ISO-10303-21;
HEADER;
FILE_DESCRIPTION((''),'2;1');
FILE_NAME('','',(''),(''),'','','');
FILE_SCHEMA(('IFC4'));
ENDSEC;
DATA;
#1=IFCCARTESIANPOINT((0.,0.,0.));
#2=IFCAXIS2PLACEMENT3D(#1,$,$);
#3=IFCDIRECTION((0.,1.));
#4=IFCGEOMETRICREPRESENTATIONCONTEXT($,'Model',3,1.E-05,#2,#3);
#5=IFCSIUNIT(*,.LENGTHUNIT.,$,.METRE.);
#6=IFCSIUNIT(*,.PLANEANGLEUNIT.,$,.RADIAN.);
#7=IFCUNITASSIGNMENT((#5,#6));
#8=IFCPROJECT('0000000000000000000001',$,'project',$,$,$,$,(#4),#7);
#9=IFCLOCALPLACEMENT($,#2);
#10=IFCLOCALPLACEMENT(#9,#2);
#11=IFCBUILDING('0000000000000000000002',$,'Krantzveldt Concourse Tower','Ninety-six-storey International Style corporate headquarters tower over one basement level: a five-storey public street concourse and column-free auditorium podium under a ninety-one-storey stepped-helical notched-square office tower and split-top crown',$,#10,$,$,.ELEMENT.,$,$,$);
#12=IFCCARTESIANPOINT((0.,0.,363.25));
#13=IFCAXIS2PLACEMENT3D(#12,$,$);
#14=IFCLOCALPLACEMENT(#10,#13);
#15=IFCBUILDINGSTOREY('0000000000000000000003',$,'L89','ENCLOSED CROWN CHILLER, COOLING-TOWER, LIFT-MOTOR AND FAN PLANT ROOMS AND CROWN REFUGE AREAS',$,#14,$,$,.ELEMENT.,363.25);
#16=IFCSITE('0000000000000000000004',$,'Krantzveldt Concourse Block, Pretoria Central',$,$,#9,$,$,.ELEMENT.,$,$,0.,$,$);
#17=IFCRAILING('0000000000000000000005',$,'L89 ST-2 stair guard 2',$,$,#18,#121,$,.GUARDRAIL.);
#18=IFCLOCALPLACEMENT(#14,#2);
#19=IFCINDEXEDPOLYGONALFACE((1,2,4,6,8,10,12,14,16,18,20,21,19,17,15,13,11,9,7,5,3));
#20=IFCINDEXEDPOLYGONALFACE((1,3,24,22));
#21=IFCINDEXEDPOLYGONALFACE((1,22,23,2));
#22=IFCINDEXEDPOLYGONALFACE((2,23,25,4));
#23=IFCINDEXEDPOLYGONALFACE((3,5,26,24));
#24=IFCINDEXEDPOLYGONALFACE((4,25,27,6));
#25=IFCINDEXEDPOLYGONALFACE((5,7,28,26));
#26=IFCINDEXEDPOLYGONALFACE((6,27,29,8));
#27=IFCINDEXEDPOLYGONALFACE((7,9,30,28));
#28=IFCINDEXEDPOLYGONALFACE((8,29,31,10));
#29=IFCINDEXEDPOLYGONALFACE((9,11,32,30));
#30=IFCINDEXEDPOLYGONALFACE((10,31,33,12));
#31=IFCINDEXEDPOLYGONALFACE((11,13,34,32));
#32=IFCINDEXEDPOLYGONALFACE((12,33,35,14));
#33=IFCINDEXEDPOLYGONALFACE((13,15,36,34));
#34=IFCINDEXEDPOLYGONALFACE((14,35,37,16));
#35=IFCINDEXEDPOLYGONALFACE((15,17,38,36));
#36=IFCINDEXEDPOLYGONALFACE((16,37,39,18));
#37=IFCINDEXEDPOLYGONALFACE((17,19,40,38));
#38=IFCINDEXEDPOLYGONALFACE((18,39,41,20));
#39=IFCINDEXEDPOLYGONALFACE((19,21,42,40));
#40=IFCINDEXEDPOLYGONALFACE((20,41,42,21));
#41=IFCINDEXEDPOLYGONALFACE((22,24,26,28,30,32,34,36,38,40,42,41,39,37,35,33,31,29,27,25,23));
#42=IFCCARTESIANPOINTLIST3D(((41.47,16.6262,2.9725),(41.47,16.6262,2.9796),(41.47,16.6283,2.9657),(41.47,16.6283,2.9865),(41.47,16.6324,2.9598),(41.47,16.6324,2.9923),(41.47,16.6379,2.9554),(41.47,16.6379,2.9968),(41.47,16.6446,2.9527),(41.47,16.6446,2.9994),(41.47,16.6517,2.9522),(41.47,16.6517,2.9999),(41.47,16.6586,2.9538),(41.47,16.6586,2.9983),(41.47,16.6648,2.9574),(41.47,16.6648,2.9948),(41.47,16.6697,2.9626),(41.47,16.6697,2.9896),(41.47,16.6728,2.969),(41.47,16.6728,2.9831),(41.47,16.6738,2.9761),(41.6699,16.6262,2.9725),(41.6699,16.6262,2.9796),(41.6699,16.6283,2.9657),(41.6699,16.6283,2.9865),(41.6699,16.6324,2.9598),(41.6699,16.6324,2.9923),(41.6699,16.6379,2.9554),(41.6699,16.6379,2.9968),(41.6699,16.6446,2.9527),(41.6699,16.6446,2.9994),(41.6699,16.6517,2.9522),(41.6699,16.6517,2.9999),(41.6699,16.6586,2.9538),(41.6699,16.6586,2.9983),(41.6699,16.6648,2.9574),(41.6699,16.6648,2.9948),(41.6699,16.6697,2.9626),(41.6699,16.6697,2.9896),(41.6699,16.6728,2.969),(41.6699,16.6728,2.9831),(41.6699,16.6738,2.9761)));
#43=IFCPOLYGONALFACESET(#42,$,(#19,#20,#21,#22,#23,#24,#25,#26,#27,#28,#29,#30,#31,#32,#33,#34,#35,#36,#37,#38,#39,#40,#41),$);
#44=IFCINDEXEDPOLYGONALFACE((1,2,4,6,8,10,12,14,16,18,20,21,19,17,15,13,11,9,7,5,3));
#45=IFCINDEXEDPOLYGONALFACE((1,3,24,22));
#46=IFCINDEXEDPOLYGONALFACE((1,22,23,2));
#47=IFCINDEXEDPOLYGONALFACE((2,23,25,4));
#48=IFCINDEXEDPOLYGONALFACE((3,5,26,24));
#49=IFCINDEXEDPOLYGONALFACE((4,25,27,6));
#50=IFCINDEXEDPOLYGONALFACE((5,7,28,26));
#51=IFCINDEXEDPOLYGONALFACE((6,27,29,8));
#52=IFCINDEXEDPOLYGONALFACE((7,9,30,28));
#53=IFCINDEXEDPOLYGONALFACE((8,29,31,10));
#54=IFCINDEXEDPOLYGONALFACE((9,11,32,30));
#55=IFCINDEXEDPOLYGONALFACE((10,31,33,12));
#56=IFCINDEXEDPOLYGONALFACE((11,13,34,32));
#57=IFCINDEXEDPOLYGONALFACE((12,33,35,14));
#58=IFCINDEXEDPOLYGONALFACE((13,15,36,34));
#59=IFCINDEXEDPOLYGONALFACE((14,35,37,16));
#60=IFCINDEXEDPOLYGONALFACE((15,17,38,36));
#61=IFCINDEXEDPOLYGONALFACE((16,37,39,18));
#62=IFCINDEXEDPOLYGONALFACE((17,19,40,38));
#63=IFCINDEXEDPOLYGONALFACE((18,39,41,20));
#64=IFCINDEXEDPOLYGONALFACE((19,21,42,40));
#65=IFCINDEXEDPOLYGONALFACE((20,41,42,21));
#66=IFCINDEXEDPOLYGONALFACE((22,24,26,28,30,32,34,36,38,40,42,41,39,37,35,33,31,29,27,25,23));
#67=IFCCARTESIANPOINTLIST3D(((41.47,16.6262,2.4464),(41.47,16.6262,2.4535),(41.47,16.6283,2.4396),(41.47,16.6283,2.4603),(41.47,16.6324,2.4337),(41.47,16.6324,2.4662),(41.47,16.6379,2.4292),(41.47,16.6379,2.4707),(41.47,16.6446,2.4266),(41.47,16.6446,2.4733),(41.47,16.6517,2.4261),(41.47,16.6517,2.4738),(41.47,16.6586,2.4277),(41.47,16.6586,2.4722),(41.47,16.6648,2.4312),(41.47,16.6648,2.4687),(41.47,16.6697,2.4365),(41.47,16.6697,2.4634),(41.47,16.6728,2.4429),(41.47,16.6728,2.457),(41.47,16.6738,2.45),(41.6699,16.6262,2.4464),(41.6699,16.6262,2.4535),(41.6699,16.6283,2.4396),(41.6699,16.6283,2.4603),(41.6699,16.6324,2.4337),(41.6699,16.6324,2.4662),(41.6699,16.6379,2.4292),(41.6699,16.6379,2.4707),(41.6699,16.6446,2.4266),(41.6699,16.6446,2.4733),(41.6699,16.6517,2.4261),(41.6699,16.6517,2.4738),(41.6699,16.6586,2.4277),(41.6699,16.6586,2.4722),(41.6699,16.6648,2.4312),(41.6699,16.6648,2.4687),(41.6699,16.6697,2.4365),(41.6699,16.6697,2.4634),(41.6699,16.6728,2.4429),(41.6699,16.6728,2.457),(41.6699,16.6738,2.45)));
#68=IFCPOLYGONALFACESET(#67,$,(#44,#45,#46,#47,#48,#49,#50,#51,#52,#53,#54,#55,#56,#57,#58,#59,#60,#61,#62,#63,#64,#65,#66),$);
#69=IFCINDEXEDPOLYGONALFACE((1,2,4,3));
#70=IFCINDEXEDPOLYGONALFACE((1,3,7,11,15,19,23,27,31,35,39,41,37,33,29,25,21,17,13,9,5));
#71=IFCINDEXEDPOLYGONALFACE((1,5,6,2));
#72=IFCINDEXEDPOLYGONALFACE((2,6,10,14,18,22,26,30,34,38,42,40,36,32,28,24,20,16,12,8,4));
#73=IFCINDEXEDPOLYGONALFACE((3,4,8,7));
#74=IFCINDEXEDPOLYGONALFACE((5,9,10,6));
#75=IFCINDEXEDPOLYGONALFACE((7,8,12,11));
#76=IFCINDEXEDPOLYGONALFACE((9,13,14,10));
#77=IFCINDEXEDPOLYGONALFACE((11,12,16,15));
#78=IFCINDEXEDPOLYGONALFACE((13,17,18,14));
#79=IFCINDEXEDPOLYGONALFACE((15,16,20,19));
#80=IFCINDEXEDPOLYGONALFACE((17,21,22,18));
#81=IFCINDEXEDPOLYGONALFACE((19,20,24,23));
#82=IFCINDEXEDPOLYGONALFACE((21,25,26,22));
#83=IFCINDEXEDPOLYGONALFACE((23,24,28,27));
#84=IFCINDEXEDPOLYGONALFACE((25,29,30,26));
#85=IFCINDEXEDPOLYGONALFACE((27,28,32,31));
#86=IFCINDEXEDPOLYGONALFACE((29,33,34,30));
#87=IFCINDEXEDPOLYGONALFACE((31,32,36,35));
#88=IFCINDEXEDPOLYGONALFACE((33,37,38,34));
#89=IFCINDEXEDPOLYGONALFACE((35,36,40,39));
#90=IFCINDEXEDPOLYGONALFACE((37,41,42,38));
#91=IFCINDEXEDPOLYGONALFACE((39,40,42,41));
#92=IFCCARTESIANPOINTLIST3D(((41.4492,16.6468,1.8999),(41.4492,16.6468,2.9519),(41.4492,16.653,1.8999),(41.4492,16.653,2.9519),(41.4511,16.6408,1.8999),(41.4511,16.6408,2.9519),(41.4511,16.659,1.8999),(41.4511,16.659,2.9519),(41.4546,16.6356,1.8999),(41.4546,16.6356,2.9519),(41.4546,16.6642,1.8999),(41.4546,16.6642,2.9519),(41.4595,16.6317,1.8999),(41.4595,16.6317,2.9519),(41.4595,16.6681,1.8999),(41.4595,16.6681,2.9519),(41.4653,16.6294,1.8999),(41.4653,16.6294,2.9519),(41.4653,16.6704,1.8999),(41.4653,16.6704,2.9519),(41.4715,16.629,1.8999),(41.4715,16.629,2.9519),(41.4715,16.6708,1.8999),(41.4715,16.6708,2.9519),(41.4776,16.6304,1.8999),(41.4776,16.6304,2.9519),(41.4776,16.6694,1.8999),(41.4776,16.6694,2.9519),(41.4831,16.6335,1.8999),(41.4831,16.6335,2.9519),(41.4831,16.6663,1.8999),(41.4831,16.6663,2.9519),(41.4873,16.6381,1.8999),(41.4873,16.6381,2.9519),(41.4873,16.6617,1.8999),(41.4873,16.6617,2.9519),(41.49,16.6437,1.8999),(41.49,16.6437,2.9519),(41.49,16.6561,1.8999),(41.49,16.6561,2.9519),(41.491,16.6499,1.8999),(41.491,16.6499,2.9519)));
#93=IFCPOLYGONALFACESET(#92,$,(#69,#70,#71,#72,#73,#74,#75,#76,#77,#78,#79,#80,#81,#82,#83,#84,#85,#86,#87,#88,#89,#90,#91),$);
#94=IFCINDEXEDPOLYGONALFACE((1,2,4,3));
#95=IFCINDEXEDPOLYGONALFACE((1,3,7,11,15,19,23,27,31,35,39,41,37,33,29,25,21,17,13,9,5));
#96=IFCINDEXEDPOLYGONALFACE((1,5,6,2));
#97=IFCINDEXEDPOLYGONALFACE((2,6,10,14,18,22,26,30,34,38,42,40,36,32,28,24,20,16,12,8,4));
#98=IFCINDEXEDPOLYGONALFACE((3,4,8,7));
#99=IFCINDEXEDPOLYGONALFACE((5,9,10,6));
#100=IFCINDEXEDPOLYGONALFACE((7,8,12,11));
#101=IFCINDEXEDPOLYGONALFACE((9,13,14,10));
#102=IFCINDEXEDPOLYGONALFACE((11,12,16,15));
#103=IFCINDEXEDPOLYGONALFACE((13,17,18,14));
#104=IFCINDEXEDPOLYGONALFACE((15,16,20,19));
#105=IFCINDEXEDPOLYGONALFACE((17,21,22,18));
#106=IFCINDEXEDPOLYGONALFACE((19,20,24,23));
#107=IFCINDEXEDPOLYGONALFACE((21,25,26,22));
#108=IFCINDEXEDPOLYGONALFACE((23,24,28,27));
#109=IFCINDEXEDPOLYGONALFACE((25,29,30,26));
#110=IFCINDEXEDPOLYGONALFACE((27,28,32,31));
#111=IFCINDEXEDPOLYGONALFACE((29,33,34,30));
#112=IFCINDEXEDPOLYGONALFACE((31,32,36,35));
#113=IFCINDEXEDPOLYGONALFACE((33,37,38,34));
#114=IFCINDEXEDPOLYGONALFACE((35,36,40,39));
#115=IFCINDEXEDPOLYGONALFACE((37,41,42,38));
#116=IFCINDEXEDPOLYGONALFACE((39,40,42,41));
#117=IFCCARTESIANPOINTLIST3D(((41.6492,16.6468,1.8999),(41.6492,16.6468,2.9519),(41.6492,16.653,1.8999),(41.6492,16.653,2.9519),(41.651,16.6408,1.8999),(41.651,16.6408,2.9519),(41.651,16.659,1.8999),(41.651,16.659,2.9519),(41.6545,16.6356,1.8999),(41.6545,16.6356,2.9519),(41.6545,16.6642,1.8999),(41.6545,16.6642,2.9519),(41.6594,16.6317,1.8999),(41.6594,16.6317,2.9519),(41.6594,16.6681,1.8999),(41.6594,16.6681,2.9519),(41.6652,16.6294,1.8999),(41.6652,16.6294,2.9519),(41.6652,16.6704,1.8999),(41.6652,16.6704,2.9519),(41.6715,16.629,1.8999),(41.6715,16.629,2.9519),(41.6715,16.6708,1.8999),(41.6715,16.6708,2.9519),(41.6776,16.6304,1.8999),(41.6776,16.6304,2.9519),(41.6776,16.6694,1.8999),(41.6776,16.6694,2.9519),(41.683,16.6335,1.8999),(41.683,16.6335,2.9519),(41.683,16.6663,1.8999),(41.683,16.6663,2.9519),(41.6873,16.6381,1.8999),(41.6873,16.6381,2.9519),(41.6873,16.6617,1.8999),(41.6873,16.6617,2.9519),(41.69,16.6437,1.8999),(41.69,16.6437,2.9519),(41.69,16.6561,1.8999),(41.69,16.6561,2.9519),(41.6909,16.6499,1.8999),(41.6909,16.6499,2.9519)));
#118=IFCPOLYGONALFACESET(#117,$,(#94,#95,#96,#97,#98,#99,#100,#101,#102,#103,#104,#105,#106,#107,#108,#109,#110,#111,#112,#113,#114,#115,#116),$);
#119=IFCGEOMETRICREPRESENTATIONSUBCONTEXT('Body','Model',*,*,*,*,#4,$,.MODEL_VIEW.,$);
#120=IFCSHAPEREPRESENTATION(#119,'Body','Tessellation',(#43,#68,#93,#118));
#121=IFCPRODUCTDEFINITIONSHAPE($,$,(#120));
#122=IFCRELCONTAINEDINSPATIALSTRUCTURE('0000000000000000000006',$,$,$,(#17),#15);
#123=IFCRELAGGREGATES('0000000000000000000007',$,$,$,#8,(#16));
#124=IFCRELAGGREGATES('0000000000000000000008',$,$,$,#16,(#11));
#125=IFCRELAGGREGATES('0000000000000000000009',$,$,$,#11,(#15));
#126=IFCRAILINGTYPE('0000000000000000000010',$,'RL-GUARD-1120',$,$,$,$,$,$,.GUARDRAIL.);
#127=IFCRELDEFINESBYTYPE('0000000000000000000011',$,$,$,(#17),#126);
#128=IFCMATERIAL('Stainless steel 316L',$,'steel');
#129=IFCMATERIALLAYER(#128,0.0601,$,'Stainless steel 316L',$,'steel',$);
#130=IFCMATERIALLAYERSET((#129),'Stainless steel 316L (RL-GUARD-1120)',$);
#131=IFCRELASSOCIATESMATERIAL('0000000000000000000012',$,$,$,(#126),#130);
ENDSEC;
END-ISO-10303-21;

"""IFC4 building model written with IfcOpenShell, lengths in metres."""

from ifc_helpers import new_model, si_unit, direction, frame, origin, origin_2d, place, context, subcontext, project, spatial, circle, extrude, material, layer, layer_set, type_object, element, save


model = new_model("IFC4")

# Units and contexts
model_context = context("Model", 3, precision=1e-05, world=origin(), true_north=direction((0.0, 1.0)))
body_context = subcontext(model_context, "Body", "Model", "MODEL_VIEW")
ifc_project = project(units=[si_unit("LENGTHUNIT", "METRE"), si_unit("PLANEANGLEUNIT", "RADIAN")], contexts=[model_context])

# Site, building, storey
site_placement = place(None, origin())
site = spatial("IfcSite", under=ifc_project, at=site_placement, Name="Krantzveldt Concourse Block, Pretoria Central", CompositionType="ELEMENT", RefElevation=0.0)
building_placement = place(site_placement, origin())
building = spatial("IfcBuilding", under=site, at=building_placement, Name="Krantzveldt Concourse Tower", Description="Ninety-six-storey International Style corporate headquarters tower over one basement level: a five-storey public street concourse and column-free auditorium podium under a ninety-one-storey stepped-helical notched-square office tower and split-top crown", CompositionType="ELEMENT")
storey_placement = place(building_placement, frame((0.0, 0.0, 363.25)))
storey = spatial("IfcBuildingStorey", under=building, at=storey_placement, Name="L89", Description="ENCLOSED CROWN CHILLER, COOLING-TOWER, LIFT-MOTOR AND FAN PLANT ROOMS AND CROWN REFUGE AREAS", CompositionType="ELEMENT", Elevation=363.25)

# Shared definitions
ifc_material_1 = material(Name="Stainless steel 316L", Category="steel")

# Railing
ifc_layer_1 = layer(ifc_material_1, 0.0601, Name="Stainless steel 316L", Category="steel")
ifc_layer_set_1 = layer_set([ifc_layer_1], Name="Stainless steel 316L (RL-GUARD-1120)")
railing_type_1 = type_object("IfcRailingType", Name="RL-GUARD-1120", PredefinedType="GUARDRAIL", material=ifc_layer_set_1)
railing_1_placement = place(storey_placement, frame((41.47, 16.6499, 1.8999)))
element("IfcRailing", 1, at=railing_1_placement, inside=storey, type_object=railing_type_1, Name="L89 ST-2 stair guard 2", PredefinedType="GUARDRAIL", context=body_context, shape_type="SweptSolid", body=[
    extrude(circle(Radius=0.0239, at=origin_2d()), frame((0.0, 0.0, 1.0762), z_axis=(1.0, 0.0, 0.0), x_axis=(0.0, 1.0, 0.0)), (0.0, 0.0, 1.0), 0.2),
    extrude(circle(Radius=0.0239, at=origin_2d()), frame((0.0, 0.0, 0.55), z_axis=(1.0, 0.0, 0.0), x_axis=(0.0, 1.0, 0.0)), (0.0, 0.0, 1.0), 0.2),
    extrude(circle(Radius=0.021, at=origin_2d()), origin(), (0.0, 0.0, 1.0), 1.052),
    extrude(circle(Radius=0.021, at=origin_2d()), frame((0.2, 0.0, 0.0)), (0.0, 0.0, 1.0), 1.052),
])

save(model, "model.ifc")
